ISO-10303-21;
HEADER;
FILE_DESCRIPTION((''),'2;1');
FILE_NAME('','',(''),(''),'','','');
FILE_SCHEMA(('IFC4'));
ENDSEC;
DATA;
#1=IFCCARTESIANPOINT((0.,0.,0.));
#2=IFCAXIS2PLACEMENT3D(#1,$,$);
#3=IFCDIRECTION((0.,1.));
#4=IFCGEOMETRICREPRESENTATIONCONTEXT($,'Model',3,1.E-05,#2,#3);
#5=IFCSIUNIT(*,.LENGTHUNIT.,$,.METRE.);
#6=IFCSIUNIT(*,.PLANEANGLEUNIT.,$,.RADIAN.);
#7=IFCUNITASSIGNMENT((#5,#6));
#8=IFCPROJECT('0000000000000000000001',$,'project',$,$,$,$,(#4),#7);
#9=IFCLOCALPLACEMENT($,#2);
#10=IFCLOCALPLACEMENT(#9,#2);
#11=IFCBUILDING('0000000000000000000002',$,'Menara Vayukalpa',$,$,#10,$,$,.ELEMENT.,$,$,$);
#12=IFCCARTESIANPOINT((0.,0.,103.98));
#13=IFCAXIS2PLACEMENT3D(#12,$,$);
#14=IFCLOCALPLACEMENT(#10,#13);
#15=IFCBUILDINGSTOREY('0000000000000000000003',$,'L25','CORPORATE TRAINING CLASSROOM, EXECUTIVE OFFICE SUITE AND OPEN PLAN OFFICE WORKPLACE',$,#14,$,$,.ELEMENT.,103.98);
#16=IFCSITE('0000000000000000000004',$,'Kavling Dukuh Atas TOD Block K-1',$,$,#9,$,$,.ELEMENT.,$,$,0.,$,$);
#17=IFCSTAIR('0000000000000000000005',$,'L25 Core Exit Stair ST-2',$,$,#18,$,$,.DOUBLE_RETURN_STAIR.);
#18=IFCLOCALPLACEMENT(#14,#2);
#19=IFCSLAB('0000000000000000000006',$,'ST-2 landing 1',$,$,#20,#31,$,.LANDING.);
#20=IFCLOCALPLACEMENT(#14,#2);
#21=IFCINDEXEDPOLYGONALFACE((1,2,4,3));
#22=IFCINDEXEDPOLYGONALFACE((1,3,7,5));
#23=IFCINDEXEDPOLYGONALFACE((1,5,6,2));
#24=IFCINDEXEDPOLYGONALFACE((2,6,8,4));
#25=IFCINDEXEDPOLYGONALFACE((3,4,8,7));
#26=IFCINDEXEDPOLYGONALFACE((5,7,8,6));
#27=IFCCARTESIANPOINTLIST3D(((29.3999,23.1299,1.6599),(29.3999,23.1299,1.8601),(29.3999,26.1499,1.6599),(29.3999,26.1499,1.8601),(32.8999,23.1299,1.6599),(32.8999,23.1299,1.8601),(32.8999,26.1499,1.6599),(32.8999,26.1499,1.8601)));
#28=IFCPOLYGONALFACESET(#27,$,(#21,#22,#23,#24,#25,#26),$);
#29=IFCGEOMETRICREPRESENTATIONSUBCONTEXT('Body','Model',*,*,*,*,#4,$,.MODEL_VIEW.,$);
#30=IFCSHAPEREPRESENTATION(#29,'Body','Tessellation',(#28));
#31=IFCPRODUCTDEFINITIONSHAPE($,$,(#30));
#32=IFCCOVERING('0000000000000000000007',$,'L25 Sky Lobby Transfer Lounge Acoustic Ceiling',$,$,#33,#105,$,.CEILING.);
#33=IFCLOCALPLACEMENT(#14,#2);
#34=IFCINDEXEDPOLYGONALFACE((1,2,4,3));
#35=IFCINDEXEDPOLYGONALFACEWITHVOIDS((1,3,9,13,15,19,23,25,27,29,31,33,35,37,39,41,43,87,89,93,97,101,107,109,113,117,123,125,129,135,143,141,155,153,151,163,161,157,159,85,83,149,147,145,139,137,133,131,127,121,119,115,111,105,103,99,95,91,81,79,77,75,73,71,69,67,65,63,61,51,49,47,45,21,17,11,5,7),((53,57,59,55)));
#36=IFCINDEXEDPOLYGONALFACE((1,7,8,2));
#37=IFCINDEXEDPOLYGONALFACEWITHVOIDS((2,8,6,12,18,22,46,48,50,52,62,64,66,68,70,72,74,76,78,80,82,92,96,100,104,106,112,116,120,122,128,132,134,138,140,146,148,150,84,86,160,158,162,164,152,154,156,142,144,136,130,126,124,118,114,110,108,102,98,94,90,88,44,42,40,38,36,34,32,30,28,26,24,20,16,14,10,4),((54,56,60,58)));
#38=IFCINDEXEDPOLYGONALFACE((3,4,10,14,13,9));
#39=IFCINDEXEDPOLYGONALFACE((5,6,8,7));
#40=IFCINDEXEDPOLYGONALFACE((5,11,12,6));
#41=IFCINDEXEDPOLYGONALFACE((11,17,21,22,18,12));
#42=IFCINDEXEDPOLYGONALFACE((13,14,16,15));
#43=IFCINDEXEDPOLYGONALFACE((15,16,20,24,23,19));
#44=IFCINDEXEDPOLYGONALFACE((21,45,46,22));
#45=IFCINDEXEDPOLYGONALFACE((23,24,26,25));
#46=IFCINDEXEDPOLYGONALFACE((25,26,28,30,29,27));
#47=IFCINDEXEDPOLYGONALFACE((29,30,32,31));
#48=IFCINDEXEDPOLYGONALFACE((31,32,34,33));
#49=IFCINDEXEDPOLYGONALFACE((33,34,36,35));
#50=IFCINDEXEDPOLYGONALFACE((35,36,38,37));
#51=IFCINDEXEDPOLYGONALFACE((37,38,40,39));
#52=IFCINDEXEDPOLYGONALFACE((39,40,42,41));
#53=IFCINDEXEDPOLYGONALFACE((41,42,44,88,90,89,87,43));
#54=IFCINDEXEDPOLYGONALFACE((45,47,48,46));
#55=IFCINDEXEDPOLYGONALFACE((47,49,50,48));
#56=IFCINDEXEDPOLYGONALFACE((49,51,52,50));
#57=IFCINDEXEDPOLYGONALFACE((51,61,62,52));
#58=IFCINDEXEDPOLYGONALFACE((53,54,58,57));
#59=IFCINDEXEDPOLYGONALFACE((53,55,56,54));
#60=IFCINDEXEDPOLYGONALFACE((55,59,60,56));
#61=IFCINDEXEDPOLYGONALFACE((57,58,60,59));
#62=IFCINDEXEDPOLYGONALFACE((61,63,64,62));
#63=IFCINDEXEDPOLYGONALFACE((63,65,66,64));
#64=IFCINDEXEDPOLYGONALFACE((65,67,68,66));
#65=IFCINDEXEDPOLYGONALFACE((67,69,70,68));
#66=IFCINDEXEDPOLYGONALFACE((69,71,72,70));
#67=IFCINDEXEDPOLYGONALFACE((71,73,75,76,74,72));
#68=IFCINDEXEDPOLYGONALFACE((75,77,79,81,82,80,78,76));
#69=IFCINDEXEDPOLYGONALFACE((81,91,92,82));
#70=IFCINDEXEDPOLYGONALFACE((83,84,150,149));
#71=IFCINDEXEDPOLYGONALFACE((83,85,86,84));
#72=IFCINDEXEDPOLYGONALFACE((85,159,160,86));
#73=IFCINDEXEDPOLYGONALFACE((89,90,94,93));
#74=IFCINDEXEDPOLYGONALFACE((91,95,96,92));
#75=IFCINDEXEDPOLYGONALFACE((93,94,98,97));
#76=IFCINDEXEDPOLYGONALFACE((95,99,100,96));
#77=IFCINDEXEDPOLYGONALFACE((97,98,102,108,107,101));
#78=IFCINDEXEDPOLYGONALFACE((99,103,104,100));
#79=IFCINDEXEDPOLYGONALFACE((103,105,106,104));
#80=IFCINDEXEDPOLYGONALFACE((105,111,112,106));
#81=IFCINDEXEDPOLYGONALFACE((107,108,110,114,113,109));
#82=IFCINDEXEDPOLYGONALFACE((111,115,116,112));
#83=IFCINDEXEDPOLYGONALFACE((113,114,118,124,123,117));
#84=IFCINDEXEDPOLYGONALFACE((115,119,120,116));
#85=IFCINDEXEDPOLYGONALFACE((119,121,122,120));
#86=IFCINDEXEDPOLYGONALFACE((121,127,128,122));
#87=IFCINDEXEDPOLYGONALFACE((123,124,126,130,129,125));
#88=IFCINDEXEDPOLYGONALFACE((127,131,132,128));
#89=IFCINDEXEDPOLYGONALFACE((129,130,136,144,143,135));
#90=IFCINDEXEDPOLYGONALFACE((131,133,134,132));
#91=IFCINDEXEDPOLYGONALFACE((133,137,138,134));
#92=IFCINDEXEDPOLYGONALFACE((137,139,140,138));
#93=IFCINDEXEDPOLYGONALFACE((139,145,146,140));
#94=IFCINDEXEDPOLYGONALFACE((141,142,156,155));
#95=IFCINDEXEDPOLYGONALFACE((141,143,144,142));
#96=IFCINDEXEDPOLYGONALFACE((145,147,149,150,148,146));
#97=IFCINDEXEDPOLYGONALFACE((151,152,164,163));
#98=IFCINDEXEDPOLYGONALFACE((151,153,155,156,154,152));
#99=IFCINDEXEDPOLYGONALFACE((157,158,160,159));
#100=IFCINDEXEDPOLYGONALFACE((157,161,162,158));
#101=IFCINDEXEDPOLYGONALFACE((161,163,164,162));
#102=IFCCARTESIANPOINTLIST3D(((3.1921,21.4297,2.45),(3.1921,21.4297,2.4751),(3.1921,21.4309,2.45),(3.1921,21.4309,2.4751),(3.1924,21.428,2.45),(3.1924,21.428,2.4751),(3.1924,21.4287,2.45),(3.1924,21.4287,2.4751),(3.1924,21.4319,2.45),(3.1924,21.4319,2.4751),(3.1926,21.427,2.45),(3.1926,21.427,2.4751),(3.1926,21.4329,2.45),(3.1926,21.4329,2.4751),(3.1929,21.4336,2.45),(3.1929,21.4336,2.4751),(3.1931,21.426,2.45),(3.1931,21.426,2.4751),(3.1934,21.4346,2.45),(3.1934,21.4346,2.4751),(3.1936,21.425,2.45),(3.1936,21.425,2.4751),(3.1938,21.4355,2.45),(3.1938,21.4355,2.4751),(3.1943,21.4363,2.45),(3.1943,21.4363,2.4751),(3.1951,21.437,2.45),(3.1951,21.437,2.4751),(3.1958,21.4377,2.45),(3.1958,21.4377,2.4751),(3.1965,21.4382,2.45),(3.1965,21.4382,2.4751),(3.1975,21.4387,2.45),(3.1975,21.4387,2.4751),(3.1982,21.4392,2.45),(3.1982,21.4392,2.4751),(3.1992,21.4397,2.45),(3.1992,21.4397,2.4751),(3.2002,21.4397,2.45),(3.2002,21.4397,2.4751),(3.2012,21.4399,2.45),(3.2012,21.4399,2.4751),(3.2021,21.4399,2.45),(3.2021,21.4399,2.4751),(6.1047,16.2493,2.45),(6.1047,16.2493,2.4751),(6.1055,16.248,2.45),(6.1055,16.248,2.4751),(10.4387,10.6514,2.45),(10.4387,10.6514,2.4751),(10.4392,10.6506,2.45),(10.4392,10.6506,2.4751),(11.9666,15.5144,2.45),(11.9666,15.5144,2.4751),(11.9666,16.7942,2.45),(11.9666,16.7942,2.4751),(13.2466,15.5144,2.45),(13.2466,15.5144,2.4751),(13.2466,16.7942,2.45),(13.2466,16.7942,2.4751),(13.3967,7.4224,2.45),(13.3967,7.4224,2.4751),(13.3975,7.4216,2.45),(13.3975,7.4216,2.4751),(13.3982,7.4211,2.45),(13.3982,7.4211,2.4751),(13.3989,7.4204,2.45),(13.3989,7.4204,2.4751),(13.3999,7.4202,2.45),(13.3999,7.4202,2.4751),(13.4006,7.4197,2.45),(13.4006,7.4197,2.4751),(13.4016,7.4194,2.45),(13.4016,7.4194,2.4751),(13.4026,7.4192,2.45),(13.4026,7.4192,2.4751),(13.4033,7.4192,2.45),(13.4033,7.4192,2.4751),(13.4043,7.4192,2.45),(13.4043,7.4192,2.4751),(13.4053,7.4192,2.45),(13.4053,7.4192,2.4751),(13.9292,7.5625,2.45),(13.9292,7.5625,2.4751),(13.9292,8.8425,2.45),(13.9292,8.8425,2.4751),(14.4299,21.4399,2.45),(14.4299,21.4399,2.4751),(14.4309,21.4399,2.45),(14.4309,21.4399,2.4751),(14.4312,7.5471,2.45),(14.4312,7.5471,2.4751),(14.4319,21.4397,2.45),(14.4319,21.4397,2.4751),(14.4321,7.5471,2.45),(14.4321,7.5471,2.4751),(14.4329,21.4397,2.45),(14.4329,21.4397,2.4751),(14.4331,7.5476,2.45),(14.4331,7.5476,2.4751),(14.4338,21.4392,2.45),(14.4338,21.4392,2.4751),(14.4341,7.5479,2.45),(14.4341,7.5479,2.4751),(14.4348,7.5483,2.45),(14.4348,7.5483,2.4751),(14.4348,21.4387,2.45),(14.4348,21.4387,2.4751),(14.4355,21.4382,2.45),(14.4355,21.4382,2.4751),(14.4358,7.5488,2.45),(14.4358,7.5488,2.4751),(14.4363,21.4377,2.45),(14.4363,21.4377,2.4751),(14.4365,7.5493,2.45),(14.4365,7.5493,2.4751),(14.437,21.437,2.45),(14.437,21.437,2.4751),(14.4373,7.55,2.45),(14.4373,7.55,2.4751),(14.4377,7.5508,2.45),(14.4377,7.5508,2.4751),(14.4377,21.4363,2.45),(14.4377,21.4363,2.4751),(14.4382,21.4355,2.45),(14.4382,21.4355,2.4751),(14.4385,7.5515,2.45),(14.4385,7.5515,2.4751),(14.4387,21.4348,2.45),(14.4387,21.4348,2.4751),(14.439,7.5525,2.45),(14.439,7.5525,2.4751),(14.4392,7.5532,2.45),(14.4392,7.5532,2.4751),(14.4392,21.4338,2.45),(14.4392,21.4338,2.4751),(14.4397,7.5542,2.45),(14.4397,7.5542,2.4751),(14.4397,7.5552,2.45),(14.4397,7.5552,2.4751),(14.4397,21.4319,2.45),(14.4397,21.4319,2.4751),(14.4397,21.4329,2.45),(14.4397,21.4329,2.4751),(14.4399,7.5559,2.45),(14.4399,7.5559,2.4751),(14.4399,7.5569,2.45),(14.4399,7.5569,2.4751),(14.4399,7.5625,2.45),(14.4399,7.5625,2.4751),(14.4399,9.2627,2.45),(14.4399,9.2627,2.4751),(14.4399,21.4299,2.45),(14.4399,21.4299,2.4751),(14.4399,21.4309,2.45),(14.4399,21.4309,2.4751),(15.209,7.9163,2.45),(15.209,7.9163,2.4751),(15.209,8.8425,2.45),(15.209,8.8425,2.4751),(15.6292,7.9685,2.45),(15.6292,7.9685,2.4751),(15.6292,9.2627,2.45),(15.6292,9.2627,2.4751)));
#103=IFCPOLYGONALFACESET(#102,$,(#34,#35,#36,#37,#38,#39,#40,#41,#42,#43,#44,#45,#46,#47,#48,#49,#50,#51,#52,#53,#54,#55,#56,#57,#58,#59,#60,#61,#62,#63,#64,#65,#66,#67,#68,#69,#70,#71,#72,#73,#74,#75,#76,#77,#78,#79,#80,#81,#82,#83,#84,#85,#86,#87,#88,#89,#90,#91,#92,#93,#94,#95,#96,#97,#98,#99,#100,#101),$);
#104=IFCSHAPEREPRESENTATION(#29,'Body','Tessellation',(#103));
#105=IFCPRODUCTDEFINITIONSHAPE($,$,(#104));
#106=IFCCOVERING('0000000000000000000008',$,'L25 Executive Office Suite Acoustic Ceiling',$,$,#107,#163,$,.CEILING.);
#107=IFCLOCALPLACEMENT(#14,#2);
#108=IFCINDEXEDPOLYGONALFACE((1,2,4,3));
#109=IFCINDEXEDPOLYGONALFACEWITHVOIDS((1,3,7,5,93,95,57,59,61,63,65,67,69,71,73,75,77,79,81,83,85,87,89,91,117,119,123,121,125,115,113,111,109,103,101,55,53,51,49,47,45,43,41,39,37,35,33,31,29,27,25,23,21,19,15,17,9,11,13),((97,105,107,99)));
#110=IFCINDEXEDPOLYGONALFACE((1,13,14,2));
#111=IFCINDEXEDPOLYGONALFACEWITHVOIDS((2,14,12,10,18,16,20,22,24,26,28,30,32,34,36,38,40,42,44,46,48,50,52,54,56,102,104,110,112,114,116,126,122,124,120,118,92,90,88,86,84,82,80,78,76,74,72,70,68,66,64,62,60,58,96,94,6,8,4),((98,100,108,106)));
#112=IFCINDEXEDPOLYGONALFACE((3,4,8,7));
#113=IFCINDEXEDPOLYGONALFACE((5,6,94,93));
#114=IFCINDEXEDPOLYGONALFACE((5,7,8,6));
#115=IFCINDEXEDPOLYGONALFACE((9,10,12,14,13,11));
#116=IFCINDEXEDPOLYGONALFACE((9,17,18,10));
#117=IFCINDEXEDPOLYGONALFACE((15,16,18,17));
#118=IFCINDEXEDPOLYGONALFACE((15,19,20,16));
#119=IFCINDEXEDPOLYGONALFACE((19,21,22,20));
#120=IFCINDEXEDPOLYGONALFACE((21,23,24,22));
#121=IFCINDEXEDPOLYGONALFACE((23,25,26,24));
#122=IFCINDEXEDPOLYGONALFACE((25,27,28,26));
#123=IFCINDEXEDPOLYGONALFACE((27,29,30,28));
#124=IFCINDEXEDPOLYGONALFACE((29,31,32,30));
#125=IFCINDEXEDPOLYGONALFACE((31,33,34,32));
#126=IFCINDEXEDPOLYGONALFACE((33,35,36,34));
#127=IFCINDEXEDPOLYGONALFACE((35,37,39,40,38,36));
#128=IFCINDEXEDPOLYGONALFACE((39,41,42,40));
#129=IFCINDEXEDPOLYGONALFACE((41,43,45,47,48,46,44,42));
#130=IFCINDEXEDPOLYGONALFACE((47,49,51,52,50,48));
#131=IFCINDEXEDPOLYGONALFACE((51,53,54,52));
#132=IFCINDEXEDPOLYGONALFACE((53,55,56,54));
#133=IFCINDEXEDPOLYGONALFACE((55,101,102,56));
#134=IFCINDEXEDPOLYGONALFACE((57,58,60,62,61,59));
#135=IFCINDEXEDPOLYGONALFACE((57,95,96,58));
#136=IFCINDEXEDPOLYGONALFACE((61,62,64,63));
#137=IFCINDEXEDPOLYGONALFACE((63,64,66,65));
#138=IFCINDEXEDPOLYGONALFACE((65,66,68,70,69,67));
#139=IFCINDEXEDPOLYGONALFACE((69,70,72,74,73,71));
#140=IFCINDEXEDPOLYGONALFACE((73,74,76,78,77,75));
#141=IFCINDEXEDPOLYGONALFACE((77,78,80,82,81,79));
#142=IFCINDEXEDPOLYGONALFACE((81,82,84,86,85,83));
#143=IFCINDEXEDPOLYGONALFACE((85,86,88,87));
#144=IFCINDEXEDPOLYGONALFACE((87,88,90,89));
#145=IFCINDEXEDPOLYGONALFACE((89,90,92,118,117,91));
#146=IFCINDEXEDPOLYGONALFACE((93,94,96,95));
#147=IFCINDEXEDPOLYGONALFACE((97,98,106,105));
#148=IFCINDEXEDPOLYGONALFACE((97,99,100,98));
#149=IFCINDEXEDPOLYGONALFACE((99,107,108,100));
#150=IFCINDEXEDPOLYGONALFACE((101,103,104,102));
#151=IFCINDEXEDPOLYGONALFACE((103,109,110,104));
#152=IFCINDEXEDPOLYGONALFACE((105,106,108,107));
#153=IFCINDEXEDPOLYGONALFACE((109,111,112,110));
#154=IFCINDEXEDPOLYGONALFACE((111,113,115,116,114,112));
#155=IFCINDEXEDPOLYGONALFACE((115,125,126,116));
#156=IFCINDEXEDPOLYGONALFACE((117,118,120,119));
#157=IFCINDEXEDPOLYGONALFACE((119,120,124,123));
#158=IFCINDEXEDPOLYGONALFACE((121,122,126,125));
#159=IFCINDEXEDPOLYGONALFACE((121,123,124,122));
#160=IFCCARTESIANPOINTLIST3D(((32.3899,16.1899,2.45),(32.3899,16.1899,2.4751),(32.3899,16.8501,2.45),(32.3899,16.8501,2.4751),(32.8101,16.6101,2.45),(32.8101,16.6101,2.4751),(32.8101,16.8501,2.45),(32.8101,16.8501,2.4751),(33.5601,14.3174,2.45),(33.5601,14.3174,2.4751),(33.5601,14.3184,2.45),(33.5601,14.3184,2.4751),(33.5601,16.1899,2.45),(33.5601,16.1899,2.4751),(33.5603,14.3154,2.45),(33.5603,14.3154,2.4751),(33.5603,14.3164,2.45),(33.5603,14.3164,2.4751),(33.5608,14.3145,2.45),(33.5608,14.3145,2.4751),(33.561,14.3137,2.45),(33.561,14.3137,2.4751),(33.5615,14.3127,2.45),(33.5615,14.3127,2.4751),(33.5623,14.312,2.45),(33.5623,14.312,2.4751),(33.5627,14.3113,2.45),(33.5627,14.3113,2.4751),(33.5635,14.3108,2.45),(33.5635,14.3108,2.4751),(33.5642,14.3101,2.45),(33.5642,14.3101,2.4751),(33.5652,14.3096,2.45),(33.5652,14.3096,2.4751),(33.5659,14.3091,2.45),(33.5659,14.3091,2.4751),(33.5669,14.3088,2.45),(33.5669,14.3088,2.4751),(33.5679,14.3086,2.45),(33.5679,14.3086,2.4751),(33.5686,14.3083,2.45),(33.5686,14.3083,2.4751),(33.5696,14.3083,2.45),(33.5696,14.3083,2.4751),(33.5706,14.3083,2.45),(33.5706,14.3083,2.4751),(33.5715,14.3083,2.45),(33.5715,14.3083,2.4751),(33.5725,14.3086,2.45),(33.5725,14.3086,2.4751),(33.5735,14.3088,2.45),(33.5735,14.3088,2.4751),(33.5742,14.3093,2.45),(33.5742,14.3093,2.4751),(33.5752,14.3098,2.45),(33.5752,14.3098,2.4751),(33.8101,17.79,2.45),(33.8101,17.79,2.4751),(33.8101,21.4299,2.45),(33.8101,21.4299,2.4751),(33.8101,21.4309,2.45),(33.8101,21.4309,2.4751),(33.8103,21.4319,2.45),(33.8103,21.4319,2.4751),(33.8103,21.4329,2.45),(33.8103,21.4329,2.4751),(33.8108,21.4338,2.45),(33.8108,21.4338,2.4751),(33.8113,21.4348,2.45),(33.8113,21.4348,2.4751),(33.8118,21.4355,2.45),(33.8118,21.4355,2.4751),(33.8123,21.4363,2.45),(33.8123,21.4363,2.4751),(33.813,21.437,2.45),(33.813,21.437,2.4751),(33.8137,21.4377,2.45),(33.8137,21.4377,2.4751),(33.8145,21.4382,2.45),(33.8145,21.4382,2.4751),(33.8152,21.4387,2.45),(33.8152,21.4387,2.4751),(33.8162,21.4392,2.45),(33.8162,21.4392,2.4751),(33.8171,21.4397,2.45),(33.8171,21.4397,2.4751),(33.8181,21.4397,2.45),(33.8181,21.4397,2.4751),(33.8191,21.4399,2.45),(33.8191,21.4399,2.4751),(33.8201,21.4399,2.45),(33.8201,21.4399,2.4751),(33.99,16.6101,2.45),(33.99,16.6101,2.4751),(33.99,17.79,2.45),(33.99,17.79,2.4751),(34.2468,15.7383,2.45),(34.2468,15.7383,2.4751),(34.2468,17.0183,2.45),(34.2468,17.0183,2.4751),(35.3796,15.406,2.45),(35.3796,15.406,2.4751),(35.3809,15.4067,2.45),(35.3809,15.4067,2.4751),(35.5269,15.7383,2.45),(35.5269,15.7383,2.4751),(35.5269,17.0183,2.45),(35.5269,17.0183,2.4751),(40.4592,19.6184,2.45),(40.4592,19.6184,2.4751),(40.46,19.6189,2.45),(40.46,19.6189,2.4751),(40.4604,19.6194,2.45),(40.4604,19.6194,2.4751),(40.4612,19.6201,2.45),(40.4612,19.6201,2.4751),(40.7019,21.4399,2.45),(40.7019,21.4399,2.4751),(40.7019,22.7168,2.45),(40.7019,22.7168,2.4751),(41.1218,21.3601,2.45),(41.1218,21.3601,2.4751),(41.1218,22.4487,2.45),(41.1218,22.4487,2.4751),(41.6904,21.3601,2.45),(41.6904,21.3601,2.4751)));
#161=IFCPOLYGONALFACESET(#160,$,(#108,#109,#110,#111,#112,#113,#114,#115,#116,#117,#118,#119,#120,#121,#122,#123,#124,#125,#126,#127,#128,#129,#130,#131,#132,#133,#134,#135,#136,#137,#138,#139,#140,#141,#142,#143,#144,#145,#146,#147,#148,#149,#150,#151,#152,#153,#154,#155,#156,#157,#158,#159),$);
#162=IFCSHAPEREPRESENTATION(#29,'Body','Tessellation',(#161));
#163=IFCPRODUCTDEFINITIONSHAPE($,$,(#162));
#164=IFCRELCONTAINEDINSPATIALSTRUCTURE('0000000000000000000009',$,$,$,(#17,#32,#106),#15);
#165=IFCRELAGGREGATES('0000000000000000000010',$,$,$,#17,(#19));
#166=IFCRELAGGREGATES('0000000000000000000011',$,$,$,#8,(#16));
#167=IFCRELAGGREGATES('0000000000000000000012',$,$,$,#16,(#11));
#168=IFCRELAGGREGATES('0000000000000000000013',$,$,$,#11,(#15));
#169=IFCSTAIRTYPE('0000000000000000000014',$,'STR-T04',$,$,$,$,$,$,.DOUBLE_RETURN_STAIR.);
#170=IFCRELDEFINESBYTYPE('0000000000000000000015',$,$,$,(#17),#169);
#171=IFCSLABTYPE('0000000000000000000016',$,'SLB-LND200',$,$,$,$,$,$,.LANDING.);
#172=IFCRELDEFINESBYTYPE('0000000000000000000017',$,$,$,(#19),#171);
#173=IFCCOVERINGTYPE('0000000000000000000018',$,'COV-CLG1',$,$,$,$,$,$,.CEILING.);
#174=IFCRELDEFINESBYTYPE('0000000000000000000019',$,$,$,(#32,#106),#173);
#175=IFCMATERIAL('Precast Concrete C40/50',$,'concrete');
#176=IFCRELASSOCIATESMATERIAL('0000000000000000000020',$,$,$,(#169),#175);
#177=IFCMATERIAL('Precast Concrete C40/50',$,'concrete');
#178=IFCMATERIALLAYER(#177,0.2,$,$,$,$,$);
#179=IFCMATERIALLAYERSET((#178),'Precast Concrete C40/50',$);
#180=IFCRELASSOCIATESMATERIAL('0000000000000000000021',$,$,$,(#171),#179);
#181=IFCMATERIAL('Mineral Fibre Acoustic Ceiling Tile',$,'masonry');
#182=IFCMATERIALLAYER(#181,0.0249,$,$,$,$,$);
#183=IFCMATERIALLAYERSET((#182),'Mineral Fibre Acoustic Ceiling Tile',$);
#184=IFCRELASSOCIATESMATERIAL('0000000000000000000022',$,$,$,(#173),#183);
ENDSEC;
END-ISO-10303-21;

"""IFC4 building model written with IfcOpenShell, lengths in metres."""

from ifc_helpers import new_model, si_unit, direction, frame, origin, place, context, subcontext, project, spatial, polyline, outline, extrude, material, layer, layer_set, type_object, element, aggregate, save


model = new_model("IFC4")

# Units and contexts
model_context = context("Model", 3, precision=1e-05, world=origin(), true_north=direction((0.0, 1.0)))
body_context = subcontext(model_context, "Body", "Model", "MODEL_VIEW")
ifc_project = project(units=[si_unit("LENGTHUNIT", "METRE"), si_unit("PLANEANGLEUNIT", "RADIAN")], contexts=[model_context])

# Site, building, storey
site_placement = place(None, origin())
site = spatial("IfcSite", under=ifc_project, at=site_placement, Name="Kavling Dukuh Atas TOD Block K-1", CompositionType="ELEMENT", RefElevation=0.0)
building_placement = place(site_placement, origin())
building = spatial("IfcBuilding", under=site, at=building_placement, Name="Menara Vayukalpa", CompositionType="ELEMENT")
storey_placement = place(building_placement, frame((0.0, 0.0, 103.98)))
storey = spatial("IfcBuildingStorey", under=building, at=storey_placement, Name="L25", Description="CORPORATE TRAINING CLASSROOM, EXECUTIVE OFFICE SUITE AND OPEN PLAN OFFICE WORKPLACE", CompositionType="ELEMENT", Elevation=103.98)

# Stair, slab
ifc_material_1 = material(Name="Precast Concrete C40/50", Category="concrete")
stair_type = type_object("IfcStairType", Name="STR-T04", PredefinedType="DOUBLE_RETURN_STAIR", material=ifc_material_1)
ifc_material_2 = material(Name="Precast Concrete C40/50", Category="concrete")
ifc_layer_1 = layer(ifc_material_2, 0.2)
ifc_layer_set_1 = layer_set([ifc_layer_1], Name="Precast Concrete C40/50")
slab_type_1 = type_object("IfcSlabType", Name="SLB-LND200", PredefinedType="LANDING", material=ifc_layer_set_1)
stair_1_placement = place(storey_placement, origin())
stair_1 = element("IfcStair", 1, at=stair_1_placement, inside=storey, type_object=stair_type, Name="L25 Core Exit Stair ST-2", PredefinedType="DOUBLE_RETURN_STAIR")
slab_1_placement = place(storey_placement, frame((0.0, 0.0, 1.6599)))
slab_1 = element("IfcSlab", 2, at=slab_1_placement, type_object=slab_type_1, Name="ST-2 landing 1", PredefinedType="LANDING", context=body_context, shape_type="SweptSolid", body=[
    extrude(outline(polyline([(32.8999, 23.1299), (32.8999, 26.1499), (29.3999, 26.1499), (29.3999, 23.1299), (32.8999, 23.1299)])), origin(), (0.0, 0.0, 1.0), 0.2002),
])
aggregate(stair_1, [slab_1])

# Coverings
ifc_material_3 = material(Name="Mineral Fibre Acoustic Ceiling Tile", Category="masonry")
ifc_layer_2 = layer(ifc_material_3, 0.0249)
ifc_layer_set_2 = layer_set([ifc_layer_2], Name="Mineral Fibre Acoustic Ceiling Tile")
covering_type_1 = type_object("IfcCoveringType", Name="COV-CLG1", PredefinedType="CEILING", material=ifc_layer_set_2)
covering_1_placement = place(storey_placement, frame((0.0, 0.0, 2.45)))
element("IfcCovering", 3, at=covering_1_placement, inside=storey, type_object=covering_type_1, Name="L25 Sky Lobby Transfer Lounge Acoustic Ceiling", PredefinedType="CEILING", context=body_context, shape_type="SweptSolid", body=[
    extrude(outline(polyline([(15.6292, 7.9685), (15.209, 7.9163), (15.209, 8.8425), (13.9292, 8.8425), (13.9292, 7.5625), (14.4399, 7.5625), (14.4399, 7.5569), (14.4399, 7.5559), (14.4397, 7.5552), (14.4397, 7.5542), (14.4392, 7.5532), (14.439, 7.5525), (14.4385, 7.5515), (14.4377, 7.5508), (14.4373, 7.55), (14.4365, 7.5493), (14.4358, 7.5488), (14.4348, 7.5483), (14.4341, 7.5479), (14.4331, 7.5476), (14.4321, 7.5471), (14.4312, 7.5471), (13.4053, 7.4192), (13.4043, 7.4192), (13.4033, 7.4192), (13.4026, 7.4192), (13.4016, 7.4194), (13.4006, 7.4197), (13.3999, 7.4202), (13.3989, 7.4204), (13.3982, 7.4211), (13.3975, 7.4216), (13.3967, 7.4224), (10.4392, 10.6506), (10.4387, 10.6514), (6.1055, 16.248), (6.1047, 16.2493), (3.1936, 21.425), (3.1931, 21.426), (3.1926, 21.427), (3.1924, 21.428), (3.1924, 21.4287), (3.1921, 21.4297), (3.1921, 21.4309), (3.1924, 21.4319), (3.1926, 21.4329), (3.1929, 21.4336), (3.1934, 21.4346), (3.1938, 21.4355), (3.1943, 21.4363), (3.1951, 21.437), (3.1958, 21.4377), (3.1965, 21.4382), (3.1975, 21.4387), (3.1982, 21.4392), (3.1992, 21.4397), (3.2002, 21.4397), (3.2012, 21.4399), (3.2021, 21.4399), (14.4299, 21.4399), (14.4309, 21.4399), (14.4319, 21.4397), (14.4329, 21.4397), (14.4338, 21.4392), (14.4348, 21.4387), (14.4355, 21.4382), (14.4363, 21.4377), (14.437, 21.437), (14.4377, 21.4363), (14.4382, 21.4355), (14.4387, 21.4348), (14.4392, 21.4338), (14.4397, 21.4329), (14.4397, 21.4319), (14.4399, 21.4309), (14.4399, 21.4299), (14.4399, 9.2627), (15.6292, 9.2627), (15.6292, 7.9685)]), holes=[polyline([(13.2466, 16.7942), (11.9666, 16.7942), (11.9666, 15.5144), (13.2466, 15.5144), (13.2466, 16.7942)])]), origin(), (0.0, 0.0, 1.0), 0.0251),
])
covering_2_placement = place(storey_placement, frame((0.0, 0.0, 2.45)))
element("IfcCovering", 4, at=covering_2_placement, inside=storey, type_object=covering_type_1, Name="L25 Executive Office Suite Acoustic Ceiling", PredefinedType="CEILING", context=body_context, shape_type="SweptSolid", body=[
    extrude(outline(polyline([(32.3899, 16.8501), (32.8101, 16.8501), (32.8101, 16.6101), (33.99, 16.6101), (33.99, 17.79), (33.8101, 17.79), (33.8101, 21.4299), (33.8101, 21.4309), (33.8103, 21.4319), (33.8103, 21.4329), (33.8108, 21.4338), (33.8113, 21.4348), (33.8118, 21.4355), (33.8123, 21.4363), (33.813, 21.437), (33.8137, 21.4377), (33.8145, 21.4382), (33.8152, 21.4387), (33.8162, 21.4392), (33.8171, 21.4397), (33.8181, 21.4397), (33.8191, 21.4399), (33.8201, 21.4399), (40.7019, 21.4399), (40.7019, 22.7168), (41.1218, 22.4487), (41.1218, 21.3601), (41.6904, 21.3601), (40.4612, 19.6201), (40.4604, 19.6194), (40.46, 19.6189), (40.4592, 19.6184), (35.3809, 15.4067), (35.3796, 15.406), (33.5752, 14.3098), (33.5742, 14.3093), (33.5735, 14.3088), (33.5725, 14.3086), (33.5715, 14.3083), (33.5706, 14.3083), (33.5696, 14.3083), (33.5686, 14.3083), (33.5679, 14.3086), (33.5669, 14.3088), (33.5659, 14.3091), (33.5652, 14.3096), (33.5642, 14.3101), (33.5635, 14.3108), (33.5627, 14.3113), (33.5623, 14.312), (33.5615, 14.3127), (33.561, 14.3137), (33.5608, 14.3145), (33.5603, 14.3154), (33.5603, 14.3164), (33.5601, 14.3174), (33.5601, 14.3184), (33.5601, 16.1899), (32.3899, 16.1899), (32.3899, 16.8501)]), holes=[polyline([(35.5269, 17.0183), (34.2468, 17.0183), (34.2468, 15.7383), (35.5269, 15.7383), (35.5269, 17.0183)])]), origin(), (0.0, 0.0, 1.0), 0.0251),
])

save(model, "model.ifc")
